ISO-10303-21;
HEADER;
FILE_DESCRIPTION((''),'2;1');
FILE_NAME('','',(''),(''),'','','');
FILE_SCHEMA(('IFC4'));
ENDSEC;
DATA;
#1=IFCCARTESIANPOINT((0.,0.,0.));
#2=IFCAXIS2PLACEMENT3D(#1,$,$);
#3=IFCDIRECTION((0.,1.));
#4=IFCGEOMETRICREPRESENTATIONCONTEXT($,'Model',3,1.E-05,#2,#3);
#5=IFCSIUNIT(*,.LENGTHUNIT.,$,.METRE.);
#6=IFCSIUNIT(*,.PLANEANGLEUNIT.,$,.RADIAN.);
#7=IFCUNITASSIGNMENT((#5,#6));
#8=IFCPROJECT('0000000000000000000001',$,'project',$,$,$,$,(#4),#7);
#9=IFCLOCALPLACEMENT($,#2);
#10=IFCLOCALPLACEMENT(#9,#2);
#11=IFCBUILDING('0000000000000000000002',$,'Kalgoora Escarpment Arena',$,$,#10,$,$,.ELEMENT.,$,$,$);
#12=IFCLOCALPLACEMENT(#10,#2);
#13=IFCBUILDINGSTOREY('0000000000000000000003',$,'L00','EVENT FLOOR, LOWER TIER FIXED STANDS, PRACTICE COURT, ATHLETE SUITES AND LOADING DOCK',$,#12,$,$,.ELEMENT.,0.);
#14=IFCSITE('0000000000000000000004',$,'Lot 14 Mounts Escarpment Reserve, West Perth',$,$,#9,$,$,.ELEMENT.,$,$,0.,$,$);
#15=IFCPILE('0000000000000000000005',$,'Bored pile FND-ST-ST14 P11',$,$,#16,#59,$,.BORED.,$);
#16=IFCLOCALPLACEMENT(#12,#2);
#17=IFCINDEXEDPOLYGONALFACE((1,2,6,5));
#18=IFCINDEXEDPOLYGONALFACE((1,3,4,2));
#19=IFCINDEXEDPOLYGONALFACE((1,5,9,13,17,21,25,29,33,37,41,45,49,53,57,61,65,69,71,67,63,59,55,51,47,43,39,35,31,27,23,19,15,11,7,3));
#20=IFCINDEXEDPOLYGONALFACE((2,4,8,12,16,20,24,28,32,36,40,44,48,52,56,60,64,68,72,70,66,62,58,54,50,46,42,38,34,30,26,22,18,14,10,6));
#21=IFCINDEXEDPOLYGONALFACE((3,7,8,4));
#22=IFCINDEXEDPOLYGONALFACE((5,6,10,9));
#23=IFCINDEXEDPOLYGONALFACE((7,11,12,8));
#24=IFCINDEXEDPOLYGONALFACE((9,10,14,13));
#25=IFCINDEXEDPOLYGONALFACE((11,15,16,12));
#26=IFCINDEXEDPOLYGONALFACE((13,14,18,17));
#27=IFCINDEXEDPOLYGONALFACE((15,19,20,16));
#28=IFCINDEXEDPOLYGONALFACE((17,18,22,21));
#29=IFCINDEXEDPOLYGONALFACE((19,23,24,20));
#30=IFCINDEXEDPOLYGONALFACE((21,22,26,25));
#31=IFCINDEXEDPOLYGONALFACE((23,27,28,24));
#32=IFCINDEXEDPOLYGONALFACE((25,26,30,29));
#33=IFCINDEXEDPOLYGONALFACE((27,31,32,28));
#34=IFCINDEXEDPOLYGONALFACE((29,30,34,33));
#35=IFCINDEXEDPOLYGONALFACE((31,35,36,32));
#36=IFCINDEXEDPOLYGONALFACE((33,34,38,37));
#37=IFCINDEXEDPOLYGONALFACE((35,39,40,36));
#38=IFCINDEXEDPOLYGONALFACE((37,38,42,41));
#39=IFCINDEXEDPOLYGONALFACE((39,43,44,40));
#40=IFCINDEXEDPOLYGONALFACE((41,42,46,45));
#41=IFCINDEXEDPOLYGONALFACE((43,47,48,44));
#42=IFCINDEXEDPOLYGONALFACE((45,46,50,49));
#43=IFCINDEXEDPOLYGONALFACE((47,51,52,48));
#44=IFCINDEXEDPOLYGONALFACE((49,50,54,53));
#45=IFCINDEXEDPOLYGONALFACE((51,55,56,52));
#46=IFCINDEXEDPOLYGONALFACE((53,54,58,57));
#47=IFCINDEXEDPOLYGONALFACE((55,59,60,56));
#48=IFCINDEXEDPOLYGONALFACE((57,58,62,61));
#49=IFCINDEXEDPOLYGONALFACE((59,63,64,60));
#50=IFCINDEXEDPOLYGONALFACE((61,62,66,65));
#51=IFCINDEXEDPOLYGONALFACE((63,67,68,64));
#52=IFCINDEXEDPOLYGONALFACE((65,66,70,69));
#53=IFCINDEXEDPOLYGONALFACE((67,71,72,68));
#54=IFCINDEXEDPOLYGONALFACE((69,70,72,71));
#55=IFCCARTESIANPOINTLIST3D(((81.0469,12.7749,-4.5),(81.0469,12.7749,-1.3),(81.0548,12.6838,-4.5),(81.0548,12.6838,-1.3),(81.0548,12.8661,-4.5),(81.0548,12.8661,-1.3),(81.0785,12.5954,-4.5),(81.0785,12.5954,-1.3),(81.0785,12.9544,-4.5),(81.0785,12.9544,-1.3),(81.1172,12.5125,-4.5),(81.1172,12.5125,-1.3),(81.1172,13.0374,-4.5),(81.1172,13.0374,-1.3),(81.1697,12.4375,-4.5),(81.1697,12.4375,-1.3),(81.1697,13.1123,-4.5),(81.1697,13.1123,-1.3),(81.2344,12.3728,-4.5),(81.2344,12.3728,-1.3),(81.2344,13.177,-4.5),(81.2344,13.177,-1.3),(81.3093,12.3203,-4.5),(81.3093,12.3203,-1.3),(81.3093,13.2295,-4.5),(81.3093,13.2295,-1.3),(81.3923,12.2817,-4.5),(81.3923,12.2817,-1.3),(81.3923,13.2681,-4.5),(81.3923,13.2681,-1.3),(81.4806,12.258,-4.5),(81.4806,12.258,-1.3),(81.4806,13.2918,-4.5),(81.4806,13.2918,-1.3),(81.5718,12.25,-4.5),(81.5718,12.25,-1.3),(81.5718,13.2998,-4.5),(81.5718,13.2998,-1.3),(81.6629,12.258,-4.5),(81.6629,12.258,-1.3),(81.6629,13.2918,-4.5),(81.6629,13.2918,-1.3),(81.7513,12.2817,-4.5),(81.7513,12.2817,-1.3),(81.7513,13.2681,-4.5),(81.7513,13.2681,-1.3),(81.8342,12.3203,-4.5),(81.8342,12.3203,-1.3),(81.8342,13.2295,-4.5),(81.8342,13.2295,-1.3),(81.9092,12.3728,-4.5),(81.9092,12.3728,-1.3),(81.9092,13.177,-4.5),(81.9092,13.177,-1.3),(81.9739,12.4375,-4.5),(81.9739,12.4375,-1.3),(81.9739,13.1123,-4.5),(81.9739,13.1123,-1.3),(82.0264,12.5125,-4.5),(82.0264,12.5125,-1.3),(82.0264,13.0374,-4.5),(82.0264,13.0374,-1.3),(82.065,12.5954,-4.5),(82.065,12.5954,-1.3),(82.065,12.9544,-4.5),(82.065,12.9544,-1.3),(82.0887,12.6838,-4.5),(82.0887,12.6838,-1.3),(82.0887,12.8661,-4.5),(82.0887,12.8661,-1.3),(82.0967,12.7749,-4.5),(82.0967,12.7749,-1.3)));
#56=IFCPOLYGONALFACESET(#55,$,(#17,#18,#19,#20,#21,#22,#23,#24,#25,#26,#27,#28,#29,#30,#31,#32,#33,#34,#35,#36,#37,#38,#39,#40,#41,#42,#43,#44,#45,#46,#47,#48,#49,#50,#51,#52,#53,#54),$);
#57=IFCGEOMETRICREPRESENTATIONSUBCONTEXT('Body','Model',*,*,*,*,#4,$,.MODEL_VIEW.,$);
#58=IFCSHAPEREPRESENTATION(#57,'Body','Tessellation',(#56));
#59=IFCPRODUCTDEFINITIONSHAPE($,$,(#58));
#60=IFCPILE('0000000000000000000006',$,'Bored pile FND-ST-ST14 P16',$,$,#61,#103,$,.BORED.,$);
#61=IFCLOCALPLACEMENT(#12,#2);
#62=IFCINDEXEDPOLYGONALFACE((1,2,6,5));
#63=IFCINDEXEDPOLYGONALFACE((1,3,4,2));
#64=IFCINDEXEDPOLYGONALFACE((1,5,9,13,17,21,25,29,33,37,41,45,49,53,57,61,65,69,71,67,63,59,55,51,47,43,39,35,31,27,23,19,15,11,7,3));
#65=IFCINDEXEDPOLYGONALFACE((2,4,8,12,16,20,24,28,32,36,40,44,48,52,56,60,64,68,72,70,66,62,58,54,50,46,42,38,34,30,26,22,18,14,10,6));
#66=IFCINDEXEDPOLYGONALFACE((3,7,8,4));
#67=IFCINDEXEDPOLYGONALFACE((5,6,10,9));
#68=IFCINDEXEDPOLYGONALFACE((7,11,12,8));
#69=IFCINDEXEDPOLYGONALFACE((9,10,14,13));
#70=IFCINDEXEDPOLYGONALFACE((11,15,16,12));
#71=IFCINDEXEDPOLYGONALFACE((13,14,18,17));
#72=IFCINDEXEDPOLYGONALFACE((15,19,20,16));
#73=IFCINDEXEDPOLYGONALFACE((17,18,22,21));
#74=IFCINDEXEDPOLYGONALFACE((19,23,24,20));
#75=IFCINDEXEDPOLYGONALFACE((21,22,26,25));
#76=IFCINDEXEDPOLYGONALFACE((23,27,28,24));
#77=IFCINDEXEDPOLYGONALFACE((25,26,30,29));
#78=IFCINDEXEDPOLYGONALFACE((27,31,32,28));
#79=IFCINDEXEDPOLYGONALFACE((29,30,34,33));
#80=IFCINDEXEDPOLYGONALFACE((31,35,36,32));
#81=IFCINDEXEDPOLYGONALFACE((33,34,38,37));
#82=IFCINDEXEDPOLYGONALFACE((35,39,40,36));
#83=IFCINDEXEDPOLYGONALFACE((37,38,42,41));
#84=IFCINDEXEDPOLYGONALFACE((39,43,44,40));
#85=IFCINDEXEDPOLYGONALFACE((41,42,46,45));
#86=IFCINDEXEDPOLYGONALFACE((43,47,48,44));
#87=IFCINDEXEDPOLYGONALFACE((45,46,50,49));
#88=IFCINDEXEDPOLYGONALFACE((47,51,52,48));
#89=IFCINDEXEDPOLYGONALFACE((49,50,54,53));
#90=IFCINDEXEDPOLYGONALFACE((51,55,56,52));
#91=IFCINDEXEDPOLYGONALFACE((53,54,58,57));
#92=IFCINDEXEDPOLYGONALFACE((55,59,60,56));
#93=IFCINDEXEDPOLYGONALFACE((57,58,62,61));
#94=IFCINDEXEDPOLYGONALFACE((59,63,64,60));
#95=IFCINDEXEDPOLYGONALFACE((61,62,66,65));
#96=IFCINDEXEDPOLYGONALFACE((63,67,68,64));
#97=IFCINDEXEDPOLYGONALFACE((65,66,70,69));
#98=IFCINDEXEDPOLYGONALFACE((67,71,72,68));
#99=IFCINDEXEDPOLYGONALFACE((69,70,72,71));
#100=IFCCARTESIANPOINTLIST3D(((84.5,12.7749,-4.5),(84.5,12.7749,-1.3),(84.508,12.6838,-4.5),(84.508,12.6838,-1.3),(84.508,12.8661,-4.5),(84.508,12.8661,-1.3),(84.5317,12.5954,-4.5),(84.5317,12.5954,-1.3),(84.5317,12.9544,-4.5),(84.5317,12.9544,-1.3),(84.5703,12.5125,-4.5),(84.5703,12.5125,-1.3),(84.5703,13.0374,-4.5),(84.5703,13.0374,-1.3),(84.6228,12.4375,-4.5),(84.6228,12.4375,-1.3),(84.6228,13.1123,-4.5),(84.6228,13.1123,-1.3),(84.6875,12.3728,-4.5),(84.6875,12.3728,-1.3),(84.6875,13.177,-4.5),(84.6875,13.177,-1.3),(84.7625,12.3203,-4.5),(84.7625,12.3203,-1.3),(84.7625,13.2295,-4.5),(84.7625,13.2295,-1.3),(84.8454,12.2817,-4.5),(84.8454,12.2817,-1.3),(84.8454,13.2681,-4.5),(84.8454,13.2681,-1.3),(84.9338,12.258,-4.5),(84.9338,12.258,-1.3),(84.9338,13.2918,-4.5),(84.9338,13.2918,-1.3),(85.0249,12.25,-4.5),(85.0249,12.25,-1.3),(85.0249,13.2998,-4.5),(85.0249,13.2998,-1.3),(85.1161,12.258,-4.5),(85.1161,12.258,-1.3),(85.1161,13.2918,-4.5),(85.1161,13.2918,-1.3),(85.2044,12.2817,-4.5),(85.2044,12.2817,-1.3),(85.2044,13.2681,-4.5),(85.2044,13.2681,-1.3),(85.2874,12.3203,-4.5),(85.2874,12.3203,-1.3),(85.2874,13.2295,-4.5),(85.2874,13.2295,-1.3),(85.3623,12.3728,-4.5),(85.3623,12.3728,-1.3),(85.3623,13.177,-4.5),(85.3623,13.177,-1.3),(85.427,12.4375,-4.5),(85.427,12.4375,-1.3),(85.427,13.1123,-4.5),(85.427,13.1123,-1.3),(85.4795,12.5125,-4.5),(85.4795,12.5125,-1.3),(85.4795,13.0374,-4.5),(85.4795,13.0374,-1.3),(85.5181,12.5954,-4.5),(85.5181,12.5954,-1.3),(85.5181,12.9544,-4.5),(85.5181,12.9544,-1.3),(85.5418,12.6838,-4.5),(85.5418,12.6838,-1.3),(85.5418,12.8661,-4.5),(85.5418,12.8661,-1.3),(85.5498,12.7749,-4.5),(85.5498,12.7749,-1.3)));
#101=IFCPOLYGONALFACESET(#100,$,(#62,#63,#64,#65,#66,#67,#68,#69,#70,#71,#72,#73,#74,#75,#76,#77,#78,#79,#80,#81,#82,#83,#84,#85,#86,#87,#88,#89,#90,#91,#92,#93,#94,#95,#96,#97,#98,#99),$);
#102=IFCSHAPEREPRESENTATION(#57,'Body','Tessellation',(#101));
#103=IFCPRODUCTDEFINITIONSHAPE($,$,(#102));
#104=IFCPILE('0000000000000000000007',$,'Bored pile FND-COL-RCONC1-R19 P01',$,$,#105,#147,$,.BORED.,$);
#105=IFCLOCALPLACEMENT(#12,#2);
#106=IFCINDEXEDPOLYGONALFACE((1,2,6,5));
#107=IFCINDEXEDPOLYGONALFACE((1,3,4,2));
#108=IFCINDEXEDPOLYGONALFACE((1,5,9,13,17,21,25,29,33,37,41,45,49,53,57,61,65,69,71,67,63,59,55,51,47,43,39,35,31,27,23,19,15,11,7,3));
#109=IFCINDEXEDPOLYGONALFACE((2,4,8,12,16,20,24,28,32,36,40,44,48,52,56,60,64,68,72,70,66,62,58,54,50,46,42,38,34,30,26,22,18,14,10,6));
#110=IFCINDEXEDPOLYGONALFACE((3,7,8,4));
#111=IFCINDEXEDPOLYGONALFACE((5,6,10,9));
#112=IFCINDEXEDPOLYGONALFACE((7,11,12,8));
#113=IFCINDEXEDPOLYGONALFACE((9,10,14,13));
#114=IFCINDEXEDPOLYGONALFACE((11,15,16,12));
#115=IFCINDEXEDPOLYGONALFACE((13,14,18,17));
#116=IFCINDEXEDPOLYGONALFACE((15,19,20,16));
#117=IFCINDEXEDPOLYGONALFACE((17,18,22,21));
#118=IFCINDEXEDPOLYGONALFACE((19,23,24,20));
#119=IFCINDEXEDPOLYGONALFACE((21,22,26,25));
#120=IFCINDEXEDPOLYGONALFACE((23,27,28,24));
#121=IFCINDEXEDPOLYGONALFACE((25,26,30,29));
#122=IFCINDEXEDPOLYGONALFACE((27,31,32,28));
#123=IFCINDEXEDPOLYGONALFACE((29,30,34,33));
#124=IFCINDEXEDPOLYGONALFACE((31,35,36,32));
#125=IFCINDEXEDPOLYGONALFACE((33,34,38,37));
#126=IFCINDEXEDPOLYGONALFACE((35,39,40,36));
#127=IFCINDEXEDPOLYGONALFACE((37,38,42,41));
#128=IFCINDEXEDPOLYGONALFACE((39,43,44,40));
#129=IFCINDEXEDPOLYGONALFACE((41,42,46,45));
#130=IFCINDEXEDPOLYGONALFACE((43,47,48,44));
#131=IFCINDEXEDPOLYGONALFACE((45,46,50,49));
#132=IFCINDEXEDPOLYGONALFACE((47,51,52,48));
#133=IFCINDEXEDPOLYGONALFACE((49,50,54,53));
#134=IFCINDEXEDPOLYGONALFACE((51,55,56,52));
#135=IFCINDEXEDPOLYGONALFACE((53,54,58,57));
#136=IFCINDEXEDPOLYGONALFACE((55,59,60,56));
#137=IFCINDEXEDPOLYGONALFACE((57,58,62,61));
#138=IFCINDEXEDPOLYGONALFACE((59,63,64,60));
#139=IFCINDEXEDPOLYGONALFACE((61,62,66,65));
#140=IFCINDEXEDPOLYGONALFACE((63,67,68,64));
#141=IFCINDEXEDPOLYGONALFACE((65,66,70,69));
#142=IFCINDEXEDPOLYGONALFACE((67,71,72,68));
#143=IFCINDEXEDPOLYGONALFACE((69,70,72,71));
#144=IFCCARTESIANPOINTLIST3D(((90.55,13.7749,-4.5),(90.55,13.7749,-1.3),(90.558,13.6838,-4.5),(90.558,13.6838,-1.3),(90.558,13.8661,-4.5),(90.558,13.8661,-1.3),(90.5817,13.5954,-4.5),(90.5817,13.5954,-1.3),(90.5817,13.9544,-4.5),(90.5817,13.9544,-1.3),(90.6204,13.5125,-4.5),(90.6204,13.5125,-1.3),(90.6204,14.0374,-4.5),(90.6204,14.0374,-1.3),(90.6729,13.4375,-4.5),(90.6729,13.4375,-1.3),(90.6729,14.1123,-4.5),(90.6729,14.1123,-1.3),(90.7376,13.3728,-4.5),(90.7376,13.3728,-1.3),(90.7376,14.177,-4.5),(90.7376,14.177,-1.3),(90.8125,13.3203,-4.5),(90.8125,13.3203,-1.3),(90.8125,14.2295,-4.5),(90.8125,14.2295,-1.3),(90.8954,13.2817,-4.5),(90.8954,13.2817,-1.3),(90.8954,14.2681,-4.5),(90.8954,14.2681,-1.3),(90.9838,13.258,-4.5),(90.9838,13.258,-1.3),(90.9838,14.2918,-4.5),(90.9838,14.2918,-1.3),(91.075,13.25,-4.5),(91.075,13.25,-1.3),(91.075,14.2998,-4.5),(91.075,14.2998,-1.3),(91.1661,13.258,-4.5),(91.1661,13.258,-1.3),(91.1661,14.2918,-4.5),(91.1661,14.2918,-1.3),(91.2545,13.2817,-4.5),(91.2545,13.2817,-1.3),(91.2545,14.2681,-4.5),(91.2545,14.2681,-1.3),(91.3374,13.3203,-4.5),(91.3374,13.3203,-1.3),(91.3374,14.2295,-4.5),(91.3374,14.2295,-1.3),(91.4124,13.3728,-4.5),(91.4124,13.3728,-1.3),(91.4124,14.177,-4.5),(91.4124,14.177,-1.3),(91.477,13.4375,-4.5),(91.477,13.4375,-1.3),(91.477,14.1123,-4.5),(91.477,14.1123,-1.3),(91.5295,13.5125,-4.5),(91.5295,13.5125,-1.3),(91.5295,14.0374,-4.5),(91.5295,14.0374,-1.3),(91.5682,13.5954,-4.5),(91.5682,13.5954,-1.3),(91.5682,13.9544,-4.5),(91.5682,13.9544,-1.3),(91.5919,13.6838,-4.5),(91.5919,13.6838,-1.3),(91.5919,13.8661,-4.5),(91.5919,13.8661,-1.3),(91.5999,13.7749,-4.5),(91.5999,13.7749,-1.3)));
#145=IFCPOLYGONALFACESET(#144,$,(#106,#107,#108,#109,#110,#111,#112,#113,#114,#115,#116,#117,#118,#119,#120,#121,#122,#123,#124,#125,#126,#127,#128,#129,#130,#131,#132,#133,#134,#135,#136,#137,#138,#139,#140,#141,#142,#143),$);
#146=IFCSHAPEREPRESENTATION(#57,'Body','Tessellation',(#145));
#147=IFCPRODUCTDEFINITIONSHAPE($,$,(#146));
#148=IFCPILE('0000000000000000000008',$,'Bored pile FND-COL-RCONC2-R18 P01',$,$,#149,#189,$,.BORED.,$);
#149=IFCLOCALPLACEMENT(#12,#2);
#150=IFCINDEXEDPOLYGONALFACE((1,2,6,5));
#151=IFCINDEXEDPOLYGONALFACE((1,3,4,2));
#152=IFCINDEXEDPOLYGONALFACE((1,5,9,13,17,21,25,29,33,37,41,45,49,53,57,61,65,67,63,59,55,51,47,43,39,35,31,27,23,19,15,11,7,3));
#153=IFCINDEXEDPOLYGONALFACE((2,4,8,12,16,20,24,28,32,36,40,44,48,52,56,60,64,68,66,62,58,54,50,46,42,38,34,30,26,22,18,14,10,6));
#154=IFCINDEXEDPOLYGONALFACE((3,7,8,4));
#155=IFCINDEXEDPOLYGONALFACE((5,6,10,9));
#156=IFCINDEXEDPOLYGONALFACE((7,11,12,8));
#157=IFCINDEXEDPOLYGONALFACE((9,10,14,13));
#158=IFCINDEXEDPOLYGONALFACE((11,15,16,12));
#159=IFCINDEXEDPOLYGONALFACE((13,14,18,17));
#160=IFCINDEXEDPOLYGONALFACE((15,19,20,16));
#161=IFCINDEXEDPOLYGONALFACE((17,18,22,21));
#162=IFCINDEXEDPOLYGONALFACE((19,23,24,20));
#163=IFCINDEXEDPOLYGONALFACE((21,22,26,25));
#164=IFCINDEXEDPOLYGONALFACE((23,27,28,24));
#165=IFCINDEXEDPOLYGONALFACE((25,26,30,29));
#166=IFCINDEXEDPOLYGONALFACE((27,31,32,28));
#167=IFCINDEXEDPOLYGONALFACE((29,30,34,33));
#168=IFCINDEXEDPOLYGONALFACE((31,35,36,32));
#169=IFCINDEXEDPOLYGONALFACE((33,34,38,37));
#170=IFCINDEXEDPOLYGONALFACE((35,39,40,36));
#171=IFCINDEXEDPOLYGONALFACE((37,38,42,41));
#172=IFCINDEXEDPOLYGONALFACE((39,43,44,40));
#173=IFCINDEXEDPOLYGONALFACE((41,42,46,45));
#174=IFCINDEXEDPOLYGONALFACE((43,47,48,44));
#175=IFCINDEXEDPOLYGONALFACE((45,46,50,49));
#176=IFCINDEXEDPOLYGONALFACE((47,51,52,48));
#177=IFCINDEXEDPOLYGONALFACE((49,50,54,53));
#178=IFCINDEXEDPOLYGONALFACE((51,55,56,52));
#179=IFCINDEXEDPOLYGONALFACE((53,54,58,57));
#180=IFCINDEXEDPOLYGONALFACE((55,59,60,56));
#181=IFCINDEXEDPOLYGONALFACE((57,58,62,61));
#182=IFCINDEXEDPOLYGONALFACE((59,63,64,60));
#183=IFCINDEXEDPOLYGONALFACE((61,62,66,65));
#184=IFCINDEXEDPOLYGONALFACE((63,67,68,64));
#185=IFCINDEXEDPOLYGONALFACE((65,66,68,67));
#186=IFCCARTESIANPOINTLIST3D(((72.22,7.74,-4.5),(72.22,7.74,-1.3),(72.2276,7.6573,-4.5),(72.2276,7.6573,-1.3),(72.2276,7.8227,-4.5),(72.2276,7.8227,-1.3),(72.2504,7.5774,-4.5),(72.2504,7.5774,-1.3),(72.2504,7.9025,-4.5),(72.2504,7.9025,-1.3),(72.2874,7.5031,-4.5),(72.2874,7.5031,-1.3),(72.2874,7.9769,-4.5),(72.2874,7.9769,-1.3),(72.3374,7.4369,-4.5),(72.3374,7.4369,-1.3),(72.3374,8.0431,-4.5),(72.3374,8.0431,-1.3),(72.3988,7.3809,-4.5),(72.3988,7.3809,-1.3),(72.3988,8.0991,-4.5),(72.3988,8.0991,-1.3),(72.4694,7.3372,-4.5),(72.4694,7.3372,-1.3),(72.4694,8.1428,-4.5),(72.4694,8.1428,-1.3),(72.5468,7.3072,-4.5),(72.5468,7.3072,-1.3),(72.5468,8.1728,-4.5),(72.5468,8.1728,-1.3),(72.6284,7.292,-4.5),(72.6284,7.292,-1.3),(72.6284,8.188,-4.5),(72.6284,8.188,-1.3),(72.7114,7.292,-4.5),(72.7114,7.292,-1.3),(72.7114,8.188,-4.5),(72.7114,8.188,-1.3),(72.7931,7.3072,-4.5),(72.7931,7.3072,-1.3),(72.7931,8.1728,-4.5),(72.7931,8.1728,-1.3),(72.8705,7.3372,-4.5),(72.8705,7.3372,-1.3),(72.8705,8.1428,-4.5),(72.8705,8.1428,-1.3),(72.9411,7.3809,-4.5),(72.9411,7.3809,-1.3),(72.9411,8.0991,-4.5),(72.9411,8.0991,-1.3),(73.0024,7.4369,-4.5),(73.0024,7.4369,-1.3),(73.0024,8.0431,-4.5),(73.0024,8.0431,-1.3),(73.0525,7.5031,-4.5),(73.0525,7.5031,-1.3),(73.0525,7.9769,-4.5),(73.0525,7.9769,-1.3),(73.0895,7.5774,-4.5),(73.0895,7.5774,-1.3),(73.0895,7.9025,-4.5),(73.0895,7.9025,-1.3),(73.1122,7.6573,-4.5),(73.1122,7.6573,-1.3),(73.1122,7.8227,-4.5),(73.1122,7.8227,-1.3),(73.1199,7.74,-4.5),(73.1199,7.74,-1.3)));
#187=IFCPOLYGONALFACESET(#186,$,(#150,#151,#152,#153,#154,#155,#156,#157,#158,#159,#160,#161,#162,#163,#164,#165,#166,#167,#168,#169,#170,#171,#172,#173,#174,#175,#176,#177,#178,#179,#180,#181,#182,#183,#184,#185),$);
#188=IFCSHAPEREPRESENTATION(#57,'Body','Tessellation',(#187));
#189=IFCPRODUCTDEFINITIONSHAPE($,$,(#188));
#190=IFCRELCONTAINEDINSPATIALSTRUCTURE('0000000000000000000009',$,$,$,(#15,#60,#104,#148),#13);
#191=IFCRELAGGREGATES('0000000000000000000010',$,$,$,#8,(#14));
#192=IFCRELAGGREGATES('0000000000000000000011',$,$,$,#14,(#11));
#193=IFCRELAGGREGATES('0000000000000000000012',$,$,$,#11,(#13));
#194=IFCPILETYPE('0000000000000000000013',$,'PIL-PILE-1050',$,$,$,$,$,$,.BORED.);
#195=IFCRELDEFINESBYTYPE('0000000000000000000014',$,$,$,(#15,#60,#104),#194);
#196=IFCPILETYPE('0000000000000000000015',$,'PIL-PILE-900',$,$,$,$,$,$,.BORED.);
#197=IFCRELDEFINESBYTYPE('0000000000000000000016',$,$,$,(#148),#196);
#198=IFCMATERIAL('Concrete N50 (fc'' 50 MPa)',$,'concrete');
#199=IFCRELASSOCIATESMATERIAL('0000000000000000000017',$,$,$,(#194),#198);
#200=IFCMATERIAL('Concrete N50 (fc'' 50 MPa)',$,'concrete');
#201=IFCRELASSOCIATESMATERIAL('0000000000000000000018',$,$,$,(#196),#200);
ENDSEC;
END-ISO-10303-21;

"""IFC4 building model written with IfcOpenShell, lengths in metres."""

from ifc_helpers import new_model, si_unit, direction, frame, origin, origin_2d, place, context, subcontext, project, spatial, circle, extrude, material, material_profile, profile_set, type_object, element, save


model = new_model("IFC4")

# Units and contexts
model_context = context("Model", 3, precision=1e-05, world=origin(), true_north=direction((0.0, 1.0)))
body_context = subcontext(model_context, "Body", "Model", "MODEL_VIEW")
ifc_project = project(units=[si_unit("LENGTHUNIT", "METRE"), si_unit("PLANEANGLEUNIT", "RADIAN")], contexts=[model_context])

# Site, building, storey
site_placement = place(None, origin())
site = spatial("IfcSite", under=ifc_project, at=site_placement, Name="Lot 14 Mounts Escarpment Reserve, West Perth", CompositionType="ELEMENT", RefElevation=0.0)
building_placement = place(site_placement, origin())
building = spatial("IfcBuilding", under=site, at=building_placement, Name="Kalgoora Escarpment Arena", CompositionType="ELEMENT")
storey_placement = place(building_placement, origin())
storey = spatial("IfcBuildingStorey", under=building, at=storey_placement, Name="L00", Description="EVENT FLOOR, LOWER TIER FIXED STANDS, PRACTICE COURT, ATHLETE SUITES AND LOADING DOCK", CompositionType="ELEMENT", Elevation=0.0)

# Piles
ifc_material_1 = material(Name="Concrete N50 (fc' 50 MPa)", Category="concrete")
ifc_material_profile_1 = material_profile(ifc_material_1, circle(Radius=0.5249, at=origin_2d()))
ifc_profile_set_1 = profile_set([ifc_material_profile_1], Name="Concrete N50 (fc' 50 MPa)")
pile_type_1 = type_object("IfcPileType", Name="PIL-PILE-1050", PredefinedType="BORED", material=ifc_profile_set_1)
for number, where, z_axis, x_axis, name in (
    (1, (81.5718, 12.7749, -1.3), (0.0, 0.0, -1.0), (1.0, 0.0, 0.0), "Bored pile FND-ST-ST14 P11"),
    (2, (85.0249, 12.7749, -1.3), (0.0, 0.0, -1.0), (1.0, 0.0, 0.0), "Bored pile FND-ST-ST14 P16"),
    (3, (91.075, 13.7749, -1.3), (0.0, 0.0, -1.0), (1.0, 0.0, 0.0), "Bored pile FND-COL-RCONC1-R19 P01"),
):
    element("IfcPile", number, at=place(storey_placement, frame(where, z_axis=z_axis, x_axis=x_axis)), inside=storey, type_object=pile_type_1, Name=name, PredefinedType="BORED", context=body_context, shape_type="SweptSolid", body=[
        extrude(circle(Radius=0.5249, at=origin_2d()), origin(), (0.0, 0.0, 1.0), 3.2),
    ])
ifc_material_2 = material(Name="Concrete N50 (fc' 50 MPa)", Category="concrete")
ifc_material_profile_2 = material_profile(ifc_material_2, circle(Radius=0.45, at=origin_2d()))
ifc_profile_set_2 = profile_set([ifc_material_profile_2], Name="Concrete N50 (fc' 50 MPa)")
pile_type_2 = type_object("IfcPileType", Name="PIL-PILE-900", PredefinedType="BORED", material=ifc_profile_set_2)
for number, where, z_axis, x_axis, name in (
    (4, (72.6699, 7.74, -1.3), (0.0, 0.0, -1.0), (1.0, 0.0, 0.0), "Bored pile FND-COL-RCONC2-R18 P01"),
):
    element("IfcPile", number, at=place(storey_placement, frame(where, z_axis=z_axis, x_axis=x_axis)), inside=storey, type_object=pile_type_2, Name=name, PredefinedType="BORED", context=body_context, shape_type="SweptSolid", body=[
        extrude(circle(Radius=0.45, at=origin_2d()), origin(), (0.0, 0.0, 1.0), 3.2),
    ])

save(model, "model.ifc")
